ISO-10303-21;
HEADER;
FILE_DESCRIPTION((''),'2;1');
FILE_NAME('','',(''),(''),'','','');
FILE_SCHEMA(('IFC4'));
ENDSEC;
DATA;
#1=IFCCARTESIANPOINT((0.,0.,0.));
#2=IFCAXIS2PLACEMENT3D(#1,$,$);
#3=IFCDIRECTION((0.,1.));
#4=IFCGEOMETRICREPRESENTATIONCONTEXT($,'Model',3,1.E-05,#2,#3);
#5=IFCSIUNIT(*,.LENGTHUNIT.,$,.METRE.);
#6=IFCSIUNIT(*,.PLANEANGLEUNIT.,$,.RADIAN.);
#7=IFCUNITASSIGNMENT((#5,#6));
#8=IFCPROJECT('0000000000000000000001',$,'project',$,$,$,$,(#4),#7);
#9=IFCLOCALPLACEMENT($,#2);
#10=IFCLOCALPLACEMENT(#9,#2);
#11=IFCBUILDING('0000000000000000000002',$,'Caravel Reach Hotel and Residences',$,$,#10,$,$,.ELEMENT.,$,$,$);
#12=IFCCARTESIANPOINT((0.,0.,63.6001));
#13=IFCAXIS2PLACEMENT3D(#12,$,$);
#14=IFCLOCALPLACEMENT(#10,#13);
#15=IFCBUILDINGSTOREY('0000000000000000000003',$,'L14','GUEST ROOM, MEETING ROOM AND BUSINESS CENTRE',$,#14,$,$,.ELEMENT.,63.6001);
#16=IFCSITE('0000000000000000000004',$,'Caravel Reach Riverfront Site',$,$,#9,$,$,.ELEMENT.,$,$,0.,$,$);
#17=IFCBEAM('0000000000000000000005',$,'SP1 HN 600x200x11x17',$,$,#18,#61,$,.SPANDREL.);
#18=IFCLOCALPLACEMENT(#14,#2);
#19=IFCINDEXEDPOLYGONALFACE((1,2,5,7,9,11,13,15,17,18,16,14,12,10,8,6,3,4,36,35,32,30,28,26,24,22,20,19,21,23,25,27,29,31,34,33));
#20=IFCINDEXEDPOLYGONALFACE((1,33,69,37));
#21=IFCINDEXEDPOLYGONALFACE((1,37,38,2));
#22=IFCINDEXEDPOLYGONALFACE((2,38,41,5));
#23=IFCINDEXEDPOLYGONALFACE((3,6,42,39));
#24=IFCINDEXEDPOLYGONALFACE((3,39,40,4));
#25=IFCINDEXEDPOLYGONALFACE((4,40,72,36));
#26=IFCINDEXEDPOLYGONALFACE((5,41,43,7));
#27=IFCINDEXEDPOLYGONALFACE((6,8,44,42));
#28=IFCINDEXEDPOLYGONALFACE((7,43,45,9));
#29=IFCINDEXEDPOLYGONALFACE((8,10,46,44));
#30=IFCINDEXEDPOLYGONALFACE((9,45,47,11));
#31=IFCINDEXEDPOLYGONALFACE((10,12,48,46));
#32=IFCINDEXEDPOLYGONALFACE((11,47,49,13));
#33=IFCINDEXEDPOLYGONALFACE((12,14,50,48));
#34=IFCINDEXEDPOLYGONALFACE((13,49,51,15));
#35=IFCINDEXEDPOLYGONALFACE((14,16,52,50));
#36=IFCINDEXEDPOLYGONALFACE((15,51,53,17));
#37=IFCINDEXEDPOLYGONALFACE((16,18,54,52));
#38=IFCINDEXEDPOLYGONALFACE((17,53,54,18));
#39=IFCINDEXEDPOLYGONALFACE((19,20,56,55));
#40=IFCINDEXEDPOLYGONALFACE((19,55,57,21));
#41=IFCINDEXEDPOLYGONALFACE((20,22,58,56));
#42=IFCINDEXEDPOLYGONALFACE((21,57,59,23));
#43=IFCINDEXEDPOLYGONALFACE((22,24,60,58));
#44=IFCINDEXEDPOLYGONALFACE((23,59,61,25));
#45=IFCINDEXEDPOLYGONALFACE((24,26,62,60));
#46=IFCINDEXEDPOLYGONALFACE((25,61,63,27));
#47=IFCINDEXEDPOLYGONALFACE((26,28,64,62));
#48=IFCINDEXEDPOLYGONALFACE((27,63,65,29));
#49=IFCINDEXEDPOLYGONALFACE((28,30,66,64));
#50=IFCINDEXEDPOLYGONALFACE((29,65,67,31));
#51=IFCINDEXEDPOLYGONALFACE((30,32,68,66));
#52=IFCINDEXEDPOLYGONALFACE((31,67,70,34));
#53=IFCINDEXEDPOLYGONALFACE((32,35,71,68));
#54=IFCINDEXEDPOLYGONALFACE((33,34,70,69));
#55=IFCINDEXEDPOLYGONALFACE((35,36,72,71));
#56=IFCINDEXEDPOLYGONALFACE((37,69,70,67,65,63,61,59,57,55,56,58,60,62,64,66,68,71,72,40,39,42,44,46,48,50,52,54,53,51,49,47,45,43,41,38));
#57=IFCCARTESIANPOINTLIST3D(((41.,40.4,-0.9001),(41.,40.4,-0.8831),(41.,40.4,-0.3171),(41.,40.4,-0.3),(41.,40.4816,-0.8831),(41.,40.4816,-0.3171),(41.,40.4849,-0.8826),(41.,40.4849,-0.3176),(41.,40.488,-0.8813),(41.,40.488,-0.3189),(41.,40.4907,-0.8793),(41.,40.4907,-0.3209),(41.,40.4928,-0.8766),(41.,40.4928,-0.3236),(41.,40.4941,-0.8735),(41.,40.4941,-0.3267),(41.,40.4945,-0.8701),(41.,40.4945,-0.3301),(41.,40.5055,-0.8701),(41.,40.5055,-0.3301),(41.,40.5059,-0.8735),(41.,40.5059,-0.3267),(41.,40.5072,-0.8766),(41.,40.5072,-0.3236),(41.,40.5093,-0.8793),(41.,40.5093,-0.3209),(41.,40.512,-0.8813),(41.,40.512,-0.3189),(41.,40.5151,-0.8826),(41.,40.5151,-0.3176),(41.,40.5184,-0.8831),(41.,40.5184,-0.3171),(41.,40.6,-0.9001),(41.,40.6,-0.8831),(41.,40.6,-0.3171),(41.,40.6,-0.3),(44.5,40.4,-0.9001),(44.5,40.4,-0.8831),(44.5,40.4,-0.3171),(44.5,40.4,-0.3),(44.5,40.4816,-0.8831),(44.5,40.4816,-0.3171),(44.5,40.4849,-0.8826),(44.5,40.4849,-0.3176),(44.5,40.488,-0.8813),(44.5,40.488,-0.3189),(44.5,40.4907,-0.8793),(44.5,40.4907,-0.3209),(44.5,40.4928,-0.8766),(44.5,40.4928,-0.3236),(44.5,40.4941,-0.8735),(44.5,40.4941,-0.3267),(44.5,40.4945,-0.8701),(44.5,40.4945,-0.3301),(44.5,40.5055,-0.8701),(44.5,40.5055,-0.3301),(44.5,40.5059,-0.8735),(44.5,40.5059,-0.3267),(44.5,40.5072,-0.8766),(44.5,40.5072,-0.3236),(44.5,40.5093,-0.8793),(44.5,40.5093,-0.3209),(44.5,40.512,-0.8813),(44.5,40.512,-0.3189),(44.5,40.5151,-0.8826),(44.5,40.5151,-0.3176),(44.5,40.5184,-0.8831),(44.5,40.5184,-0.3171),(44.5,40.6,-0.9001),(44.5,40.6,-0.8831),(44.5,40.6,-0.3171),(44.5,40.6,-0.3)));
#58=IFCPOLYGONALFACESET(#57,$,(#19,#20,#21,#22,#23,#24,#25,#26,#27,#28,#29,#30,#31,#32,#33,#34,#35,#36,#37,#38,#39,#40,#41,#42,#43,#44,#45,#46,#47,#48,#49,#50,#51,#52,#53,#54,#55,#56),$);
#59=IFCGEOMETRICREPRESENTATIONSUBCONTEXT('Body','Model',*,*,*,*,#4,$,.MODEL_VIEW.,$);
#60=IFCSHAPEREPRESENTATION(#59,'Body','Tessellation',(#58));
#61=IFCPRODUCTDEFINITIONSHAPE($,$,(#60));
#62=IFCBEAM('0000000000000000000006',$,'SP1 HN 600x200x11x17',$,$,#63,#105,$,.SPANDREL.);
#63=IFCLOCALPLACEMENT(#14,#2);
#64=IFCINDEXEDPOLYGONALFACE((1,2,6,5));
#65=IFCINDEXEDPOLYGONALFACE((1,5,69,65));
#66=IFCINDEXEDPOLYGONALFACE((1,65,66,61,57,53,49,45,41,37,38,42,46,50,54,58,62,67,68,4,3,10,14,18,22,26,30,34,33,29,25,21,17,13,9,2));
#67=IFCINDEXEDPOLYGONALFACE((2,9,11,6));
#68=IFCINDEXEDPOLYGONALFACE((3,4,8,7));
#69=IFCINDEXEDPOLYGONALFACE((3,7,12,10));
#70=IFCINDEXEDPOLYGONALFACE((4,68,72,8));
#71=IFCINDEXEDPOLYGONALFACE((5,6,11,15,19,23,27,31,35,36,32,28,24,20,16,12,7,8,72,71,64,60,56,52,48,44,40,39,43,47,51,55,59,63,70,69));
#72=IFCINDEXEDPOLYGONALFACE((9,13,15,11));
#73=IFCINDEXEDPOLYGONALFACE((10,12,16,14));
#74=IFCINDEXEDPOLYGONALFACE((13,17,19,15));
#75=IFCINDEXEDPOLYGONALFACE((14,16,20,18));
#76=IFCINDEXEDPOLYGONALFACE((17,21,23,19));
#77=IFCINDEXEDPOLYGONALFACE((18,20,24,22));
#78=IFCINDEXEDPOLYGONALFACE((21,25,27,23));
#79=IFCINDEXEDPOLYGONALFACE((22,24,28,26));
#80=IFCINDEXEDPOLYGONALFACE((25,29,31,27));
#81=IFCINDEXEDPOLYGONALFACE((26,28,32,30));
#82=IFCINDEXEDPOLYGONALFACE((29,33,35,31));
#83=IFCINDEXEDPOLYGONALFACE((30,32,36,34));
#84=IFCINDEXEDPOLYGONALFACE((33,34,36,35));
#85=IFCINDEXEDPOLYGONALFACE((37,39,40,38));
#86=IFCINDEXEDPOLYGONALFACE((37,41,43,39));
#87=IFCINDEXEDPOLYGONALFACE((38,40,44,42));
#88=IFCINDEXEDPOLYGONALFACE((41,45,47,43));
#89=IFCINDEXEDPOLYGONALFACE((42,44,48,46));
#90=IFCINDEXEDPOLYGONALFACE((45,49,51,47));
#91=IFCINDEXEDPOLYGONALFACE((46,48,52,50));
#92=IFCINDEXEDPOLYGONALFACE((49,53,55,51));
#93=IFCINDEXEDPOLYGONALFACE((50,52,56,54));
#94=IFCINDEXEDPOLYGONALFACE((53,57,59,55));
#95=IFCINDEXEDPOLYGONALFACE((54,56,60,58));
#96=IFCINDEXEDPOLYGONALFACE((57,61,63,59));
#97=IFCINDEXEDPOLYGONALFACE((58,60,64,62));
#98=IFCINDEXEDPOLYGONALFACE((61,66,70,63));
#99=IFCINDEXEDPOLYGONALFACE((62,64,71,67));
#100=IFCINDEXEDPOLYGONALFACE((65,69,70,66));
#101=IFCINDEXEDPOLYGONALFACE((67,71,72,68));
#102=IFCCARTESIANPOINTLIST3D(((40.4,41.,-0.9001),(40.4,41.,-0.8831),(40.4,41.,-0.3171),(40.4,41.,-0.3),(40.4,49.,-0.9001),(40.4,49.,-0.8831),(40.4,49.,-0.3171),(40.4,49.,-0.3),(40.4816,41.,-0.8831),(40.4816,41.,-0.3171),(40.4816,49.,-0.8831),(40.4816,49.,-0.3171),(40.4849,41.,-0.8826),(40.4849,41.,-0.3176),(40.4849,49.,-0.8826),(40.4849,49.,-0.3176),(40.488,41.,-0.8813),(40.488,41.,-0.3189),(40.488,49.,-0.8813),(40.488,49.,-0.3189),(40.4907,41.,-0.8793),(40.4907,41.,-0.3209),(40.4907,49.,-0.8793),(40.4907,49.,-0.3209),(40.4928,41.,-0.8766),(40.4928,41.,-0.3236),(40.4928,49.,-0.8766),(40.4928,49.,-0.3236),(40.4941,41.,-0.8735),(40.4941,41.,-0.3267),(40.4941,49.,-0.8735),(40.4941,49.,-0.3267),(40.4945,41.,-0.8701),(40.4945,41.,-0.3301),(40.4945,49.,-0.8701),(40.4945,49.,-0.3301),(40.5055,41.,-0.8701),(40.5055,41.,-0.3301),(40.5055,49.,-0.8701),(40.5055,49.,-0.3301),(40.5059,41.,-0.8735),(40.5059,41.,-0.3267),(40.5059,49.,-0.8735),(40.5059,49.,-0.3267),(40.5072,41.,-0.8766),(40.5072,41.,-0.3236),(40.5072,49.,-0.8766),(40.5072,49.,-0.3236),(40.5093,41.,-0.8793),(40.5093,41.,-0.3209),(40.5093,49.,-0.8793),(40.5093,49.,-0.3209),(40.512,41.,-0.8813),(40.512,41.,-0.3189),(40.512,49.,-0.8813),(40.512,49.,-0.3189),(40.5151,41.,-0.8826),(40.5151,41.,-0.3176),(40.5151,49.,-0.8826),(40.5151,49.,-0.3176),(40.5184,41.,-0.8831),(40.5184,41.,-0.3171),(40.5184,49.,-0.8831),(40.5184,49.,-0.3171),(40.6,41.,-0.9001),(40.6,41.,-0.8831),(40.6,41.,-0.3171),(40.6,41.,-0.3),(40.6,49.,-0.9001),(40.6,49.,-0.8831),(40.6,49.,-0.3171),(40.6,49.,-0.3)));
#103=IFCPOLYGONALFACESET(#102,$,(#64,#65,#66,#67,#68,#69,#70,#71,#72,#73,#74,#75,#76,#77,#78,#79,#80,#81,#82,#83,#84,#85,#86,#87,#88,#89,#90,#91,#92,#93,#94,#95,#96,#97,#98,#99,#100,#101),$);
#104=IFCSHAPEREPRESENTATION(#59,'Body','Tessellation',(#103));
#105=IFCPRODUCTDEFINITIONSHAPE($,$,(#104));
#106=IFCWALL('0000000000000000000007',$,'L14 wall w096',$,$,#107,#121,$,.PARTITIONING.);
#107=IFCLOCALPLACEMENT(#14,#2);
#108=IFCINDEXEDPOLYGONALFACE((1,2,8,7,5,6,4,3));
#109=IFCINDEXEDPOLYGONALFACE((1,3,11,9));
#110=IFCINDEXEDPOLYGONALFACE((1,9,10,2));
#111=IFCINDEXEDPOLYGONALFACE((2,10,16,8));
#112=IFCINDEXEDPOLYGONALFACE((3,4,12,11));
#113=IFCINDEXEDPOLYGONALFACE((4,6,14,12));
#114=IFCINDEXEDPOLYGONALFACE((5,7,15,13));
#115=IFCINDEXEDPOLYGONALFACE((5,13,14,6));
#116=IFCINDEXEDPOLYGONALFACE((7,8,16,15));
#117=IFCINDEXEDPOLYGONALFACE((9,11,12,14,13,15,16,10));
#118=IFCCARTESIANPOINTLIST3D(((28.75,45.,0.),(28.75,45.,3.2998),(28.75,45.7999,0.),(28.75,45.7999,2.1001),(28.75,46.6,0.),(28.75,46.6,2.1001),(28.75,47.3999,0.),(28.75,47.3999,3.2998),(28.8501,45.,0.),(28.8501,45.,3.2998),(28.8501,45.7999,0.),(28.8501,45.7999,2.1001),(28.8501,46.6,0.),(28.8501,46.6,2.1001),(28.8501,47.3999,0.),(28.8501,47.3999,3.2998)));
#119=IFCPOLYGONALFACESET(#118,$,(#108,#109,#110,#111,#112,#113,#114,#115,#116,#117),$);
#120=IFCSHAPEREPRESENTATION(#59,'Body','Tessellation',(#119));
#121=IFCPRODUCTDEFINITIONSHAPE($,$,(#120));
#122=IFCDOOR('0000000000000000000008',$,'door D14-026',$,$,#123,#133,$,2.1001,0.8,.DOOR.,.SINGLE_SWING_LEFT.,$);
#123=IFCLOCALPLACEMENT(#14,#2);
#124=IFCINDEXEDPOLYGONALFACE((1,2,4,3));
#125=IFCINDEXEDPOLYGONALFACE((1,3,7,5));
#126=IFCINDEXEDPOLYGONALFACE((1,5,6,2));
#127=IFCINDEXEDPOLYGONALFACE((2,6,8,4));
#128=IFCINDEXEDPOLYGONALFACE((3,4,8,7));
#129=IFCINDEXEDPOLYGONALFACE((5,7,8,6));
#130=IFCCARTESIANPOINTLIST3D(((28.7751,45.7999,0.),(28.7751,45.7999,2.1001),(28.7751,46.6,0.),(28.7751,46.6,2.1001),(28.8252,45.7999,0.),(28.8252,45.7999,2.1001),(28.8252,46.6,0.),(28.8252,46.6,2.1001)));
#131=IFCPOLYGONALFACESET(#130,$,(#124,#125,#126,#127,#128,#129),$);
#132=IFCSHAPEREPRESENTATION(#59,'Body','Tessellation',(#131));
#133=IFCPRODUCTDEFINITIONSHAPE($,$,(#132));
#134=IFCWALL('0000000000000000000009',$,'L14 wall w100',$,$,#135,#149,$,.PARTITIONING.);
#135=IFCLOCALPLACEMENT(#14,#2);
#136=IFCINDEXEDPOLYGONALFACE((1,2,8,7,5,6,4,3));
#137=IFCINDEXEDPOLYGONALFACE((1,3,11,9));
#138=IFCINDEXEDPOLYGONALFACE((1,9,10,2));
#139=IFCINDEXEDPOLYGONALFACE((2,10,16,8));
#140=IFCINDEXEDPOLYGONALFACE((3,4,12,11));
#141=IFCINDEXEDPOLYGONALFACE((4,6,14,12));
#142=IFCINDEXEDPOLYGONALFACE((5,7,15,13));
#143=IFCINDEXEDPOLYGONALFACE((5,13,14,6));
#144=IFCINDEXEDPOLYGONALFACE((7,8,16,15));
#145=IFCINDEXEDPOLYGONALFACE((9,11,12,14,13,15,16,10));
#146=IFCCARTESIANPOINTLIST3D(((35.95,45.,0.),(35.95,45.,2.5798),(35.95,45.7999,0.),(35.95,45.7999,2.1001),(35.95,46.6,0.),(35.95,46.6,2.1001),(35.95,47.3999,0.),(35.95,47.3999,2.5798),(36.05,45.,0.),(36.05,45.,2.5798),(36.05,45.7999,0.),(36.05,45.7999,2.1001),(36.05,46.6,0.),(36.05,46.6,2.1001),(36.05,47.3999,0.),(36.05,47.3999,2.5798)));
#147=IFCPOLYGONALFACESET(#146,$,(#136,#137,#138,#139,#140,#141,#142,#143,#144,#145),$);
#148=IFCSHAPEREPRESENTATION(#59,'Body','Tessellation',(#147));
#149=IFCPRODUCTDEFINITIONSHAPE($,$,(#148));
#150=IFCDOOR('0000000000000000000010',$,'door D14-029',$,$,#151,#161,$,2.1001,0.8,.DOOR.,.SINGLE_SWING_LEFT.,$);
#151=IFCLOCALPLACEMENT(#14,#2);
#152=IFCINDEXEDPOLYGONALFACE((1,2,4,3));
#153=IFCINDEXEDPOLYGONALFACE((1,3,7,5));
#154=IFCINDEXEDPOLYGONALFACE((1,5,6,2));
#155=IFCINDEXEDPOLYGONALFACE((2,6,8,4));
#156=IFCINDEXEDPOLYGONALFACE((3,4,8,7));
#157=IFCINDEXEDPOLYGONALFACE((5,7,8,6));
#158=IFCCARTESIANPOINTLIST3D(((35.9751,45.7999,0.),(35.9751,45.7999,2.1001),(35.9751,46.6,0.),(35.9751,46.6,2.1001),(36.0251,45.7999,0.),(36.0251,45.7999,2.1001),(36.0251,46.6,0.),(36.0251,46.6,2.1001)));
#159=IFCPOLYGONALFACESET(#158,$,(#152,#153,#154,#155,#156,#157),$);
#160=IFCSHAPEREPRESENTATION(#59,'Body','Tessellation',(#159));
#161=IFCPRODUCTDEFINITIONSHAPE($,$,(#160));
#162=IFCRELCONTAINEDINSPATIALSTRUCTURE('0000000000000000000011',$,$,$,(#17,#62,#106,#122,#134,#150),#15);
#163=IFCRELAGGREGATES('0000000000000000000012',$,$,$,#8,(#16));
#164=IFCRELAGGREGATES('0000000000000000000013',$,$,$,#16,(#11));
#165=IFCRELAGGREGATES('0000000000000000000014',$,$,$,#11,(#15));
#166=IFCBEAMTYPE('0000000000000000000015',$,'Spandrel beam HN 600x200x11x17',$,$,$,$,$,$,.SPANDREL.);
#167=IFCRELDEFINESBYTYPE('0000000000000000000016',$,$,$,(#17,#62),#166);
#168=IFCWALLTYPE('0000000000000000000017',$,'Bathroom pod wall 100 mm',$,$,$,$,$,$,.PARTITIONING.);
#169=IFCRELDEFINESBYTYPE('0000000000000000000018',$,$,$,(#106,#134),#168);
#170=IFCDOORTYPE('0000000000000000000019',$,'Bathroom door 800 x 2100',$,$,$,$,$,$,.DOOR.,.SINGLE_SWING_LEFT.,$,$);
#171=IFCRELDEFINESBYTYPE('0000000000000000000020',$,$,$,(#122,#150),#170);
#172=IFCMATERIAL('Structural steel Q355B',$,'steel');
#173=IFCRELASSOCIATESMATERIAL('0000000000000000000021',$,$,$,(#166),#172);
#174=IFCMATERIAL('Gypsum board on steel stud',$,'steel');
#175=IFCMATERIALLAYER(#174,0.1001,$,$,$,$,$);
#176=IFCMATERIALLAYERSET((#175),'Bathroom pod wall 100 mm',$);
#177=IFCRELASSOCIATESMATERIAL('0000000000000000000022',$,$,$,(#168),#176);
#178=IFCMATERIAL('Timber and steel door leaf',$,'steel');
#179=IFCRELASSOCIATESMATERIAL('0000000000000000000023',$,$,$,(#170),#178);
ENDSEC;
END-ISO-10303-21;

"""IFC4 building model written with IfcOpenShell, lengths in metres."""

from ifc_helpers import new_model, si_unit, direction, frame, frame_2d, origin, origin_2d, place, context, subcontext, project, spatial, rectangle, i_section, extrude, material, layer, layer_set, material_profile, profile_set, type_object, element, fill, save


model = new_model("IFC4")

# Units and contexts
model_context = context("Model", 3, precision=1e-05, world=origin(), true_north=direction((0.0, 1.0)))
body_context = subcontext(model_context, "Body", "Model", "MODEL_VIEW")
ifc_project = project(units=[si_unit("LENGTHUNIT", "METRE"), si_unit("PLANEANGLEUNIT", "RADIAN")], contexts=[model_context])

# Site, building, storey
site_placement = place(None, origin())
site = spatial("IfcSite", under=ifc_project, at=site_placement, Name="Caravel Reach Riverfront Site", CompositionType="ELEMENT", RefElevation=0.0)
building_placement = place(site_placement, origin())
building = spatial("IfcBuilding", under=site, at=building_placement, Name="Caravel Reach Hotel and Residences", CompositionType="ELEMENT")
storey_placement = place(building_placement, frame((0.0, 0.0, 63.6001)))
storey = spatial("IfcBuildingStorey", under=building, at=storey_placement, Name="L14", Description="GUEST ROOM, MEETING ROOM AND BUSINESS CENTRE", CompositionType="ELEMENT", Elevation=63.6001)

# Beams
ifc_material_1 = material(Name="Structural steel Q355B", Category="steel")
ifc_material_profile_1 = material_profile(ifc_material_1, i_section(OverallWidth=0.2, OverallDepth=0.6001, WebThickness=0.011, FlangeThickness=0.0171, FilletRadius=0.0129, at=origin_2d()), Name="HN 600x200x11x17")
ifc_profile_set_1 = profile_set([ifc_material_profile_1], Name="Structural steel Q355B")
beam_type_1 = type_object("IfcBeamType", Name="Spandrel beam HN 600x200x11x17", PredefinedType="SPANDREL", material=ifc_profile_set_1)
beam_1_placement = place(storey_placement, frame((44.5, 40.5, -0.6001), z_axis=(-1.0, 0.0, 0.0), x_axis=(0.0, -1.0, 0.0)))
element("IfcBeam", 1, at=beam_1_placement, inside=storey, type_object=beam_type_1, Name="SP1 HN 600x200x11x17", PredefinedType="SPANDREL", context=body_context, shape_type="SweptSolid", body=[
    extrude(i_section(OverallWidth=0.2, OverallDepth=0.6001, WebThickness=0.011, FlangeThickness=0.0171, FilletRadius=0.0129, at=origin_2d()), origin(), (0.0, 0.0, 1.0), 3.5),
])
beam_2_placement = place(storey_placement, frame((40.5, 41.0, -0.6001), z_axis=(0.0, 1.0, 0.0), x_axis=(-1.0, 0.0, 0.0)))
element("IfcBeam", 2, at=beam_2_placement, inside=storey, type_object=beam_type_1, Name="SP1 HN 600x200x11x17", PredefinedType="SPANDREL", context=body_context, shape_type="SweptSolid", body=[
    extrude(i_section(OverallWidth=0.2, OverallDepth=0.6001, WebThickness=0.011, FlangeThickness=0.0171, FilletRadius=0.0129, at=origin_2d()), origin(), (0.0, 0.0, 1.0), 8.0),
])

# Walls, openings, doors
ifc_material_2 = material(Name="Gypsum board on steel stud", Category="steel")
ifc_layer_1 = layer(ifc_material_2, 0.1001)
ifc_layer_set_1 = layer_set([ifc_layer_1], Name="Bathroom pod wall 100 mm")
wall_type_1 = type_object("IfcWallType", Name="Bathroom pod wall 100 mm", PredefinedType="PARTITIONING", material=ifc_layer_set_1)
wall_1_placement = place(storey_placement, frame((28.8, 45.0, 0.0), z_axis=(0.0, 0.0, 1.0), x_axis=(0.0, 1.0, 0.0)))
wall_1 = element("IfcWall", 3, at=wall_1_placement, inside=storey, type_object=wall_type_1, Name="L14 wall w096", PredefinedType="PARTITIONING", context=body_context, shape_type="SweptSolid", body=[
    extrude(rectangle(XDim=2.3999, YDim=0.1001, at=frame_2d((1.2, 0.0))), origin(), (0.0, 0.0, 1.0), 3.2998),
])
opening_1_placement = place(wall_1_placement, frame((0.8, 0.0, 0.0)))
opening_1 = element("IfcOpeningElement", 4, at=opening_1_placement, cuts=wall_1, PredefinedType="OPENING", context=body_context, shape_type="SweptSolid", body=[
    extrude(rectangle(XDim=0.8, YDim=2.1001, at=frame_2d((0.3999, 1.05))), frame((0.0, 0.0601, 0.0), z_axis=(0.0, -1.0, 0.0), x_axis=(1.0, 0.0, 0.0)), (0.0, 0.0, 1.0), 0.1201),
])
ifc_material_3 = material(Name="Timber and steel door leaf", Category="steel")
door_type_1 = type_object("IfcDoorType", Name="Bathroom door 800 x 2100", OperationType="SINGLE_SWING_LEFT", PredefinedType="DOOR", material=ifc_material_3)
door_1_placement = place(opening_1_placement, origin())
door_1 = element("IfcDoor", 5, at=door_1_placement, inside=storey, type_object=door_type_1, Name="door D14-026", OperationType="SINGLE_SWING_LEFT", OverallHeight=2.1001, OverallWidth=0.8, PredefinedType="DOOR", context=body_context, shape_type="SweptSolid", body=[
    extrude(rectangle(XDim=0.8, YDim=2.1001, at=frame_2d((0.3999, 1.05))), frame((0.0, 0.0249, 0.0), z_axis=(0.0, -1.0, 0.0), x_axis=(1.0, 0.0, 0.0)), (0.0, 0.0, 1.0), 0.05),
])
fill(opening_1, door_1)
wall_2_placement = place(storey_placement, frame((36.0, 45.0, 0.0), z_axis=(0.0, 0.0, 1.0), x_axis=(0.0, 1.0, 0.0)))
wall_2 = element("IfcWall", 6, at=wall_2_placement, inside=storey, type_object=wall_type_1, Name="L14 wall w100", PredefinedType="PARTITIONING", context=body_context, shape_type="SweptSolid", body=[
    extrude(rectangle(XDim=2.3999, YDim=0.1001, at=frame_2d((1.2, 0.0))), origin(), (0.0, 0.0, 1.0), 2.5798),
])
opening_2_placement = place(wall_2_placement, frame((0.8, 0.0, 0.0)))
opening_2 = element("IfcOpeningElement", 7, at=opening_2_placement, cuts=wall_2, PredefinedType="OPENING", context=body_context, shape_type="SweptSolid", body=[
    extrude(rectangle(XDim=0.8, YDim=2.1001, at=frame_2d((0.3999, 1.05))), frame((0.0, 0.0601, 0.0), z_axis=(0.0, -1.0, 0.0), x_axis=(1.0, 0.0, 0.0)), (0.0, 0.0, 1.0), 0.1201),
])
door_2_placement = place(opening_2_placement, origin())
door_2 = element("IfcDoor", 8, at=door_2_placement, inside=storey, type_object=door_type_1, Name="door D14-029", OperationType="SINGLE_SWING_LEFT", OverallHeight=2.1001, OverallWidth=0.8, PredefinedType="DOOR", context=body_context, shape_type="SweptSolid", body=[
    extrude(rectangle(XDim=0.8, YDim=2.1001, at=frame_2d((0.3999, 1.05))), frame((0.0, 0.0249, 0.0), z_axis=(0.0, -1.0, 0.0), x_axis=(1.0, 0.0, 0.0)), (0.0, 0.0, 1.0), 0.05),
])
fill(opening_2, door_2)

save(model, "model.ifc")
